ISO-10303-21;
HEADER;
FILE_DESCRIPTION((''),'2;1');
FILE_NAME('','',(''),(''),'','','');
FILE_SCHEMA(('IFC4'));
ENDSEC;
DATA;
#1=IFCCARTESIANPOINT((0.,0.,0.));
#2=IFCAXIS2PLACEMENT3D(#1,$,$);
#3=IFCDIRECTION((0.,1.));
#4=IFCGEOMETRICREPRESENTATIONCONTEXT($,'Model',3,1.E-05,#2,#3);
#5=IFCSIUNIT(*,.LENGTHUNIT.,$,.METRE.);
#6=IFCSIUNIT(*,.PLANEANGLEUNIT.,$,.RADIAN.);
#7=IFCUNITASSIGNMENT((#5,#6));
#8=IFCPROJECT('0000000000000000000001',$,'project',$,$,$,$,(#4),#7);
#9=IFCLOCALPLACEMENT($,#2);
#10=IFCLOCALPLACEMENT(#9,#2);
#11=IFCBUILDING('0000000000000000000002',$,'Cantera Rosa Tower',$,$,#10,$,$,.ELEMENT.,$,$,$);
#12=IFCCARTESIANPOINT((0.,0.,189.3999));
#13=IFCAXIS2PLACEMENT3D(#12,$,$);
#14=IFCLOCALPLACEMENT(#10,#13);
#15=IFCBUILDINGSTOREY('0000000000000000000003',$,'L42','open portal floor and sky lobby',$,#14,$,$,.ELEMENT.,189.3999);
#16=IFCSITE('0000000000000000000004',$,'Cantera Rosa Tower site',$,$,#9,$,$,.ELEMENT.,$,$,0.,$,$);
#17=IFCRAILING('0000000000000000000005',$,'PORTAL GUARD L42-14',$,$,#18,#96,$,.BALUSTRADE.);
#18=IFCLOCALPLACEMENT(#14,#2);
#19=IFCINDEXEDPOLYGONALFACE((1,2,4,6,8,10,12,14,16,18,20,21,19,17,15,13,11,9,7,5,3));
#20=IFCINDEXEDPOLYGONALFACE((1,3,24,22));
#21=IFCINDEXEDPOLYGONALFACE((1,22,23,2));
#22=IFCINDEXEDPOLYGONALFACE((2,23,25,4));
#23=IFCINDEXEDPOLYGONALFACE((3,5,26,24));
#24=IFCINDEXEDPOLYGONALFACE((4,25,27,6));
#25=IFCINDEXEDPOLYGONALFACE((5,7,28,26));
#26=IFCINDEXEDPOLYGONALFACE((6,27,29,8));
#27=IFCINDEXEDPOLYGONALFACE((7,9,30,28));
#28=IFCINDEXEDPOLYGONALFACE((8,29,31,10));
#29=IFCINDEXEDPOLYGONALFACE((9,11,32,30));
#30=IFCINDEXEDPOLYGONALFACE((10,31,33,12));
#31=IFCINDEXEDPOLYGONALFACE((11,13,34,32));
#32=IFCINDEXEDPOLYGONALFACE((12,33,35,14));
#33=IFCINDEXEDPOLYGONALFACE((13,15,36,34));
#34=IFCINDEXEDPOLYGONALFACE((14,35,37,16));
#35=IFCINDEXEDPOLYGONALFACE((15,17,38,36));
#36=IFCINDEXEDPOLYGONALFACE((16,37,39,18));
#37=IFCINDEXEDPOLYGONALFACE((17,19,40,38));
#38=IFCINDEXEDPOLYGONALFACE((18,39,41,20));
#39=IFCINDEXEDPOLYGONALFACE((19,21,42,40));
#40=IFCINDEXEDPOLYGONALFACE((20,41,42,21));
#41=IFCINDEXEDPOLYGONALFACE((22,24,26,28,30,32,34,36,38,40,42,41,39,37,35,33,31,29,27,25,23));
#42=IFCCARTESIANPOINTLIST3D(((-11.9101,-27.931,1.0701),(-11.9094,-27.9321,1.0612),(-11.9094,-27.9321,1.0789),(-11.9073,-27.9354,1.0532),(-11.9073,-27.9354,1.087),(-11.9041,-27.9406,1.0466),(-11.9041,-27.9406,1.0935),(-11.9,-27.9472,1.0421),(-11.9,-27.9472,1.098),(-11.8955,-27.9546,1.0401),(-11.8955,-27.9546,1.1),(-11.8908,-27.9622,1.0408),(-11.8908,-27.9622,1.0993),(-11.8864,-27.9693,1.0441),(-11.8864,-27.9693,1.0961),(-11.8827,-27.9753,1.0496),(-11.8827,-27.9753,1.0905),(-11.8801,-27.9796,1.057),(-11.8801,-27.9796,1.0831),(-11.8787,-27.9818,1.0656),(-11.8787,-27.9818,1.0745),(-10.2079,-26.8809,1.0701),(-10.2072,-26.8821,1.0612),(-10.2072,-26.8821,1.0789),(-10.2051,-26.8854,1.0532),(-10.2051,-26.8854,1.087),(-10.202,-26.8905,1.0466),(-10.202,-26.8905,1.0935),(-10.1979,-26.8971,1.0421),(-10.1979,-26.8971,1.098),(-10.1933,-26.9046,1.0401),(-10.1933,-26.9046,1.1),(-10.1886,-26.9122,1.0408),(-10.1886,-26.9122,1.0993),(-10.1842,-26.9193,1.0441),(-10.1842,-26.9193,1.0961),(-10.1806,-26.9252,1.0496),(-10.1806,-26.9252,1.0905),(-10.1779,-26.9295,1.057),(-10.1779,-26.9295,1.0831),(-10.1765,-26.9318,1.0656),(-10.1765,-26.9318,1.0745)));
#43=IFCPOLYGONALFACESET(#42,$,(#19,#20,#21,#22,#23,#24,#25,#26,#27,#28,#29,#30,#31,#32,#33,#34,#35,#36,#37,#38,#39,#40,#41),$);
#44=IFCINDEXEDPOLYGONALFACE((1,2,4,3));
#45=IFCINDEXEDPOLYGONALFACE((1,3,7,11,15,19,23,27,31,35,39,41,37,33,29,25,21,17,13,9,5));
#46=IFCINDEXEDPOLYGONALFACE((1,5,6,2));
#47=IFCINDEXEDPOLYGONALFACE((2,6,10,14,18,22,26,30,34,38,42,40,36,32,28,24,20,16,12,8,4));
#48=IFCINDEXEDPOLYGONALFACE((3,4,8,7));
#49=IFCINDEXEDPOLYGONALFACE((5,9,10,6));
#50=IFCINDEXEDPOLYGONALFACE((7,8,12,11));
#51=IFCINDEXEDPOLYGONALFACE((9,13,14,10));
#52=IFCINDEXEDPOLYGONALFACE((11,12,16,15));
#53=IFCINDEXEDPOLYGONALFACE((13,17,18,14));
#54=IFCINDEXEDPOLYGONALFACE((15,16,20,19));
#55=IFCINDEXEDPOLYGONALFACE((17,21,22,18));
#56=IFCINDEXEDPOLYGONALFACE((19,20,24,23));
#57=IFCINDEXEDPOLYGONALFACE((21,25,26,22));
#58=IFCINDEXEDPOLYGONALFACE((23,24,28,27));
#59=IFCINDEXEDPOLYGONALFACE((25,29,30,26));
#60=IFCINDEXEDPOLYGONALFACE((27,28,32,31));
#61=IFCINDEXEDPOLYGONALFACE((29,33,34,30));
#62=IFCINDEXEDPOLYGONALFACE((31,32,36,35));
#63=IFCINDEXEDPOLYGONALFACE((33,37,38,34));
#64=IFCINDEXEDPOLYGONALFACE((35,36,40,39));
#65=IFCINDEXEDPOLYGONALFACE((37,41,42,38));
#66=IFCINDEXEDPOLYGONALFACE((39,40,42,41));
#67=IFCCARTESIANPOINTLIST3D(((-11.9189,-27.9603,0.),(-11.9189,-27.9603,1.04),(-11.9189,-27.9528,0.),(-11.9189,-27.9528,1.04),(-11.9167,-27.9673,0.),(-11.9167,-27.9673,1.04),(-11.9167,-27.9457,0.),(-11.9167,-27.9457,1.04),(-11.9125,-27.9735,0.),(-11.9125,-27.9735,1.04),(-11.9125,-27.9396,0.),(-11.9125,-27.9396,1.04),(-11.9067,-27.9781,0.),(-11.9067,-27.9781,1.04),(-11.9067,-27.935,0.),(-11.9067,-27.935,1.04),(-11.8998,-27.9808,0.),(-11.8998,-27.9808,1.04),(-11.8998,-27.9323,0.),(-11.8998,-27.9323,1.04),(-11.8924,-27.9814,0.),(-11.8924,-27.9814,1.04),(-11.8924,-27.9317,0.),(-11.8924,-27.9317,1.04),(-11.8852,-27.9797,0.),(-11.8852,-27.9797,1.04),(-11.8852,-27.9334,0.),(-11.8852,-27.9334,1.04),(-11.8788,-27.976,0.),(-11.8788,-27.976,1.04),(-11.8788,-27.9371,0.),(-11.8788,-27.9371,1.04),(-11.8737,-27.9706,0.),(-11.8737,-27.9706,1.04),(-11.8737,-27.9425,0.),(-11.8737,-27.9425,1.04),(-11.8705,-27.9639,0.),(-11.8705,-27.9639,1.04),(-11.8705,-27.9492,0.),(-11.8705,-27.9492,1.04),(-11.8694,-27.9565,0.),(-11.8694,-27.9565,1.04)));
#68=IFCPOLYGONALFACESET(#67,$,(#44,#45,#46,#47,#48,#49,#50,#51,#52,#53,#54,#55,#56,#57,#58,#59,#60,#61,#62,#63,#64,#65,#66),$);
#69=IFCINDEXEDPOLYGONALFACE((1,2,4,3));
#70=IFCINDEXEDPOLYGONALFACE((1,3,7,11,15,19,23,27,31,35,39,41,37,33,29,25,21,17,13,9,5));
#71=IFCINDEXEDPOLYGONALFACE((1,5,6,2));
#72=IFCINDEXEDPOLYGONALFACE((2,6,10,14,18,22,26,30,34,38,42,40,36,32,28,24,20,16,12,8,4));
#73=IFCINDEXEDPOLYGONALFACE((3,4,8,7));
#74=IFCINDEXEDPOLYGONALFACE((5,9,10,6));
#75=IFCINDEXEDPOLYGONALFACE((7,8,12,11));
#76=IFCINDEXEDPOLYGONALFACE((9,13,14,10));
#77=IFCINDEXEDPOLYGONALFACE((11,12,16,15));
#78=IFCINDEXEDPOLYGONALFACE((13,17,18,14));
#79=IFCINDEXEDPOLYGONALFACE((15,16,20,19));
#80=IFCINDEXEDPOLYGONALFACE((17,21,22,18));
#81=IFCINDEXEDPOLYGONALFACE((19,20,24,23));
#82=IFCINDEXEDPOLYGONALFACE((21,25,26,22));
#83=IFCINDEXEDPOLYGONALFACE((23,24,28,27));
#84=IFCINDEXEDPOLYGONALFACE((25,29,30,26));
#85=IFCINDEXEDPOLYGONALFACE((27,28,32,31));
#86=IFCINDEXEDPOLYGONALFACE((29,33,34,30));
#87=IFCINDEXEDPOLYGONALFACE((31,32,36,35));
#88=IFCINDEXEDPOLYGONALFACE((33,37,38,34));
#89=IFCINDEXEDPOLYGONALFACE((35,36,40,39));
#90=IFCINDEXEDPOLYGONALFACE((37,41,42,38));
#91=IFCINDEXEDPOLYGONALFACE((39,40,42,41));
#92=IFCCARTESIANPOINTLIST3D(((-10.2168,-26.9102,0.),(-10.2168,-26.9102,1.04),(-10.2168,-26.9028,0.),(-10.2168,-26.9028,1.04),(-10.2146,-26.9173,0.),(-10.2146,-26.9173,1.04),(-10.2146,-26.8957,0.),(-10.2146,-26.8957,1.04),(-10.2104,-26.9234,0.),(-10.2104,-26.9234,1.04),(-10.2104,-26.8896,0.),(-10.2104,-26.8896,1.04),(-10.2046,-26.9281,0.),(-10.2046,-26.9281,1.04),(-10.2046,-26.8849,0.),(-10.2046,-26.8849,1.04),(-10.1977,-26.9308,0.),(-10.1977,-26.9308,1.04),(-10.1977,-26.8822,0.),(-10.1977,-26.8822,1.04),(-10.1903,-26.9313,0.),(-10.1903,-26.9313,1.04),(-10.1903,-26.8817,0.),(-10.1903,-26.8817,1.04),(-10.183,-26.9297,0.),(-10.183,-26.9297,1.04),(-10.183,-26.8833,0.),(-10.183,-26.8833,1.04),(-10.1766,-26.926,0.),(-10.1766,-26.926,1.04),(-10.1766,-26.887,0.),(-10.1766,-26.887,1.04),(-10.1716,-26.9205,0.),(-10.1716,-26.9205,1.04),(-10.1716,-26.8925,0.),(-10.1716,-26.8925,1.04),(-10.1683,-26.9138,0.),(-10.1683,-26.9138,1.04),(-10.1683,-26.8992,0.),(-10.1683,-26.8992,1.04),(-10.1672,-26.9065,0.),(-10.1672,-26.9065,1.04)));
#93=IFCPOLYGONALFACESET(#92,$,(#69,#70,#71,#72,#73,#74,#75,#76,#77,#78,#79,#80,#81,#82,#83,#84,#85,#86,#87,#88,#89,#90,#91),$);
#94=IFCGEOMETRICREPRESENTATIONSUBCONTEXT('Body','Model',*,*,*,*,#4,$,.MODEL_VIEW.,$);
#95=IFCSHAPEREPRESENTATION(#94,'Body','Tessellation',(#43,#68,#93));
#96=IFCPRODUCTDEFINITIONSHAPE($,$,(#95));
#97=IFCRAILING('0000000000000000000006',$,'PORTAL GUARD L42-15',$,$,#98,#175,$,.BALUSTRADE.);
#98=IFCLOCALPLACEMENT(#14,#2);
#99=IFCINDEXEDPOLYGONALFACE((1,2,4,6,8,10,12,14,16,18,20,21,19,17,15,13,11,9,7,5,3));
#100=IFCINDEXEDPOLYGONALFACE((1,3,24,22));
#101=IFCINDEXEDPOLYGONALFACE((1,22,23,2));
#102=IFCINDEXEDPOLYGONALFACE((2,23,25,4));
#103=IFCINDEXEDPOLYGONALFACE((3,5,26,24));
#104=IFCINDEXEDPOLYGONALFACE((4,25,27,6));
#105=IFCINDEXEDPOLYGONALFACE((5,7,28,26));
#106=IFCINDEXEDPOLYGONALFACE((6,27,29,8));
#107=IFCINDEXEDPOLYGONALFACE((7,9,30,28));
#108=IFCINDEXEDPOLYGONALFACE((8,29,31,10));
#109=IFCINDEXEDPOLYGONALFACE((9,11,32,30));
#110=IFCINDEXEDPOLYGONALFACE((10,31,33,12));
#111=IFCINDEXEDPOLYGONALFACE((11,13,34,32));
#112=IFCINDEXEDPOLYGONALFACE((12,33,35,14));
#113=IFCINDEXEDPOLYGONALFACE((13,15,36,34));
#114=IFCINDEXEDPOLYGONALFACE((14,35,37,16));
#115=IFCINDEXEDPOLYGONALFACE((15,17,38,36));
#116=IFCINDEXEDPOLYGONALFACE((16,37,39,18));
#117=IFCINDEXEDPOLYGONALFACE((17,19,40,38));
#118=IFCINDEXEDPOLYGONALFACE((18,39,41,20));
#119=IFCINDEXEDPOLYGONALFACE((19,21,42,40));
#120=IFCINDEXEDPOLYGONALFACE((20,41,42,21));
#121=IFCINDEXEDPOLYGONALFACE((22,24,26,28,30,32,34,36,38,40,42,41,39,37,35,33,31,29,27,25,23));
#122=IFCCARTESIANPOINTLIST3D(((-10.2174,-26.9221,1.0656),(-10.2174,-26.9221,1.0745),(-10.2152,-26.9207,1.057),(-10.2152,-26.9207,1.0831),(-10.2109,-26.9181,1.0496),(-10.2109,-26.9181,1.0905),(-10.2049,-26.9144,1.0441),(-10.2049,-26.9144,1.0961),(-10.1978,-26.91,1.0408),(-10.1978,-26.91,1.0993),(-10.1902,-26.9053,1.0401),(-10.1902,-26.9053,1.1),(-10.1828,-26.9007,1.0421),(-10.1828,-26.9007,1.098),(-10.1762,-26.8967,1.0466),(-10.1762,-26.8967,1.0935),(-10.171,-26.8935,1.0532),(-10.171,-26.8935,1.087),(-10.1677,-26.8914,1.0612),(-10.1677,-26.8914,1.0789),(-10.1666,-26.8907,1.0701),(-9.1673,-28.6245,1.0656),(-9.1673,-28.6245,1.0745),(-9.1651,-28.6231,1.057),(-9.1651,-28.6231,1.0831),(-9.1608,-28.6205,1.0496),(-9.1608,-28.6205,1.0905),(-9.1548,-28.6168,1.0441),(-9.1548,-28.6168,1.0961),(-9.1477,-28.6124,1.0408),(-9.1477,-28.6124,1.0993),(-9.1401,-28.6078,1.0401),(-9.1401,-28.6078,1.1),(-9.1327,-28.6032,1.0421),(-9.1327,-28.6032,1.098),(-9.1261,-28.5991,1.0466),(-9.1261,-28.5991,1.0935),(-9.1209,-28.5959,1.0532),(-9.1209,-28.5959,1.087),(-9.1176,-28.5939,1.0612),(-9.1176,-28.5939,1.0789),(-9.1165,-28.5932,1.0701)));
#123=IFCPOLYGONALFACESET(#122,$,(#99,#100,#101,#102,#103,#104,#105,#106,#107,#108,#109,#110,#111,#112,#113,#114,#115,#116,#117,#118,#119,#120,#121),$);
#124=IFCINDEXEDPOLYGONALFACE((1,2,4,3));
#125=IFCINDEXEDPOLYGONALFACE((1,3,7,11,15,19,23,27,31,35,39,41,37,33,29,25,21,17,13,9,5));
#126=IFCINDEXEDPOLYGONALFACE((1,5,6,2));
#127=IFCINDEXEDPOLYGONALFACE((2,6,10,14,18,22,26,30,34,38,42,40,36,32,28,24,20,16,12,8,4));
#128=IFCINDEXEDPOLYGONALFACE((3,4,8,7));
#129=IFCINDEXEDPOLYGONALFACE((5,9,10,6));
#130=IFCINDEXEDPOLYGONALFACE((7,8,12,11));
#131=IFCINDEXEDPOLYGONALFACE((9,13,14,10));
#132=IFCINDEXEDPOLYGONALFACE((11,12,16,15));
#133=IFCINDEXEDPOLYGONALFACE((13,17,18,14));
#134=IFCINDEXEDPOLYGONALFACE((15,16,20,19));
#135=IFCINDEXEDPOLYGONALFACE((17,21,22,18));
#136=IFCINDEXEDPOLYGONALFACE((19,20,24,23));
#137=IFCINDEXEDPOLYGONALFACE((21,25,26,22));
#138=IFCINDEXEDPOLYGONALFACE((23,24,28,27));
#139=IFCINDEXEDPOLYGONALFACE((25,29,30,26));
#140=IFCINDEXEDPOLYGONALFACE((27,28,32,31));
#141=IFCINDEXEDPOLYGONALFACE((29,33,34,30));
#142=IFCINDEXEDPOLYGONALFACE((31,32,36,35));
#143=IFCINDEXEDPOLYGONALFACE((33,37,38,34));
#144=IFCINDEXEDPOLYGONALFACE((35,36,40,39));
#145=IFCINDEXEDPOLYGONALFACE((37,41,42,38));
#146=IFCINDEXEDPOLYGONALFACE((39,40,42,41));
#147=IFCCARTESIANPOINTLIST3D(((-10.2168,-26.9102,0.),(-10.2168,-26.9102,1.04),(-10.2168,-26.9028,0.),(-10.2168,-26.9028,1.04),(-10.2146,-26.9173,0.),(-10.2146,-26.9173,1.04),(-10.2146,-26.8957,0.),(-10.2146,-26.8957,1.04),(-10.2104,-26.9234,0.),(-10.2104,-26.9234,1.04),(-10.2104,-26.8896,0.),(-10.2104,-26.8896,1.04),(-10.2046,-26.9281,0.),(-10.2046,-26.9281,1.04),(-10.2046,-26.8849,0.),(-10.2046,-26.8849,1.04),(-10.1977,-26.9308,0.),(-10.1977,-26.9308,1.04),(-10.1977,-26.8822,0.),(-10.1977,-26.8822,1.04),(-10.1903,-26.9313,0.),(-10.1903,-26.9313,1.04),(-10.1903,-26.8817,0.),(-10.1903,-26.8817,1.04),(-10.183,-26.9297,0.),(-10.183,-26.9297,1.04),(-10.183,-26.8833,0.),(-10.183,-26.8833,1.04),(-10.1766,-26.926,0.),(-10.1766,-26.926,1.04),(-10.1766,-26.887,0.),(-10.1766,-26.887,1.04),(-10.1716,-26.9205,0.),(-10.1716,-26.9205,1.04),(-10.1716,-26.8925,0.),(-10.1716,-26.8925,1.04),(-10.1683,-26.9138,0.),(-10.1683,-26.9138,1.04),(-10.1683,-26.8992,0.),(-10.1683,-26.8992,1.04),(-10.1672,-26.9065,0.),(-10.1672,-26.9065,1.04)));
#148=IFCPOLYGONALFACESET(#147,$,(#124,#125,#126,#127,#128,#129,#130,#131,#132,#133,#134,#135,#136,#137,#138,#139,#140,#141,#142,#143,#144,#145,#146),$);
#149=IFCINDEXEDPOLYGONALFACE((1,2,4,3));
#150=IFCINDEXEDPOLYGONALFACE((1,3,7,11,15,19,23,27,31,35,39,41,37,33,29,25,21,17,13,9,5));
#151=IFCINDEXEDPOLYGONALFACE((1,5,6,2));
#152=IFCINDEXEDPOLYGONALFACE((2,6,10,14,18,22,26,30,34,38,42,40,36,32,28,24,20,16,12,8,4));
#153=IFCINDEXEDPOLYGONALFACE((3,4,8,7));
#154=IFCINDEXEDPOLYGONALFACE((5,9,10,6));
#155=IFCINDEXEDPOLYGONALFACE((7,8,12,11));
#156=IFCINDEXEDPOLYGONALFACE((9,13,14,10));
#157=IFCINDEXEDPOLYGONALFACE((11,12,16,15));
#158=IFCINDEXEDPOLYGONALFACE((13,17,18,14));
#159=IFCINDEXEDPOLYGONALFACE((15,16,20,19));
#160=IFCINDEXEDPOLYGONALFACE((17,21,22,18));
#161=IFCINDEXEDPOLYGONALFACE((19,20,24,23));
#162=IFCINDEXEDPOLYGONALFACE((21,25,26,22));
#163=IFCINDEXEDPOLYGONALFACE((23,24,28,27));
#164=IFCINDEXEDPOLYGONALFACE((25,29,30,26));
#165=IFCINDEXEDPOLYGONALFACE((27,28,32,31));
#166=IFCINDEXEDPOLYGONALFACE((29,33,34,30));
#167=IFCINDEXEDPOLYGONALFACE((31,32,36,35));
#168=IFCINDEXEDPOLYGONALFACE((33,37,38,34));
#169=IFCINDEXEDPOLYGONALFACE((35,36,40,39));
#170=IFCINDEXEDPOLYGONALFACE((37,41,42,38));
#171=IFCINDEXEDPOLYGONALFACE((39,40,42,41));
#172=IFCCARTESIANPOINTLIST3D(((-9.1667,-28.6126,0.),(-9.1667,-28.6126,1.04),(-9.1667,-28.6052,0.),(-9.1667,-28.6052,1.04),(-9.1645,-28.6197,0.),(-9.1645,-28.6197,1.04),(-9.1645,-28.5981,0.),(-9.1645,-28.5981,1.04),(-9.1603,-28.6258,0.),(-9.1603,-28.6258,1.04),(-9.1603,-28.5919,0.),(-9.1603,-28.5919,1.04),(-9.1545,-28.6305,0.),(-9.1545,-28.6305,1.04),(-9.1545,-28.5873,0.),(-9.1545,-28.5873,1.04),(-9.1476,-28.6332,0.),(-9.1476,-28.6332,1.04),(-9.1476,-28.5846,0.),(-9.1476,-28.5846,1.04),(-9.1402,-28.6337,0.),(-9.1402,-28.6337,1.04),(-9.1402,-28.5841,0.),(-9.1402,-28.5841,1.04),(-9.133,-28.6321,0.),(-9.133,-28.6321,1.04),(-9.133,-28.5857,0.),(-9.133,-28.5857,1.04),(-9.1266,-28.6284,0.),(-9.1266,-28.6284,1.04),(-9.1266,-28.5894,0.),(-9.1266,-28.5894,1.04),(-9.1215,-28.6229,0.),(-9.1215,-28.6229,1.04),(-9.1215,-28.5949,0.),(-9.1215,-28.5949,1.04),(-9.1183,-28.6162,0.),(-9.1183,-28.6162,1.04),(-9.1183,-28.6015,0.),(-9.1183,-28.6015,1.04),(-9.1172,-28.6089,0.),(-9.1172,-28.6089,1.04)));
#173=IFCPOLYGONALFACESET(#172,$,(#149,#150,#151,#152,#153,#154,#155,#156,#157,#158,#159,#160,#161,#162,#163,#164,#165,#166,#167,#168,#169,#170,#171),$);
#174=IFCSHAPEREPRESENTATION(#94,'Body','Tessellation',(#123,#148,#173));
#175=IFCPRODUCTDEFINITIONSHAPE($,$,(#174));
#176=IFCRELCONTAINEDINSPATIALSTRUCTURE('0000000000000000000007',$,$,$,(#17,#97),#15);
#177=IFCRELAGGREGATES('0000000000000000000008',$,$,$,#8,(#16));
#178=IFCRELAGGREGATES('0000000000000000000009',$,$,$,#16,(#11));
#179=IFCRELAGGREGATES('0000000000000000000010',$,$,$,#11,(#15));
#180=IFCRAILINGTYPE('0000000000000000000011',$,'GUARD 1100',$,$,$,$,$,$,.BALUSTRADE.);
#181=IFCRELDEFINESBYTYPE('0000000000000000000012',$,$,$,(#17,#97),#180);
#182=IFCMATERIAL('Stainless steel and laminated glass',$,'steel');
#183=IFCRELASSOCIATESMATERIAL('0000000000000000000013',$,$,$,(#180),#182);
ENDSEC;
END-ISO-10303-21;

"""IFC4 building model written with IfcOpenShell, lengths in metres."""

from ifc_helpers import new_model, si_unit, direction, frame, origin, origin_2d, place, context, subcontext, project, spatial, circle, extrude, material, type_object, element, save


model = new_model("IFC4")

# Units and contexts
model_context = context("Model", 3, precision=1e-05, world=origin(), true_north=direction((0.0, 1.0)))
body_context = subcontext(model_context, "Body", "Model", "MODEL_VIEW")
ifc_project = project(units=[si_unit("LENGTHUNIT", "METRE"), si_unit("PLANEANGLEUNIT", "RADIAN")], contexts=[model_context])

# Site, building, storey
site_placement = place(None, origin())
site = spatial("IfcSite", under=ifc_project, at=site_placement, Name="Cantera Rosa Tower site", CompositionType="ELEMENT", RefElevation=0.0)
building_placement = place(site_placement, origin())
building = spatial("IfcBuilding", under=site, at=building_placement, Name="Cantera Rosa Tower", CompositionType="ELEMENT")
storey_placement = place(building_placement, frame((0.0, 0.0, 189.3999)))
storey = spatial("IfcBuildingStorey", under=building, at=storey_placement, Name="L42", Description="open portal floor and sky lobby", CompositionType="ELEMENT", Elevation=189.3999)

# Railings
ifc_material_1 = material(Name="Stainless steel and laminated glass", Category="steel")
railing_type = type_object("IfcRailingType", Name="GUARD 1100", PredefinedType="BALUSTRADE", material=ifc_material_1)
railing_1_placement = place(storey_placement, frame((-11.8943, -27.9565, 0.0)))
element("IfcRailing", 1, at=railing_1_placement, inside=storey, type_object=railing_type, Name="PORTAL GUARD L42-14", PredefinedType="BALUSTRADE", context=body_context, shape_type="SweptSolid", body=[
    extrude(circle(Radius=0.03, at=origin_2d()), frame((0.0, 0.0, 1.0701), z_axis=(0.851084, 0.52503, 0.0), x_axis=(-0.52503, 0.851084, 0.0)), (0.0, 0.0, 1.0), 2.0),
    extrude(circle(Radius=0.0249, at=origin_2d()), origin(), (0.0, 0.0, 1.0), 1.04),
    extrude(circle(Radius=0.0249, at=origin_2d()), frame((1.7021, 1.05, 0.0)), (0.0, 0.0, 1.0), 1.04),
])
railing_2_placement = place(storey_placement, frame((-10.1921, -26.9065, 0.0)))
element("IfcRailing", 2, at=railing_2_placement, inside=storey, type_object=railing_type, Name="PORTAL GUARD L42-15", PredefinedType="BALUSTRADE", context=body_context, shape_type="SweptSolid", body=[
    extrude(circle(Radius=0.03, at=origin_2d()), frame((0.0, 0.0, 1.0701), z_axis=(0.524976, -0.851117, 0.0), x_axis=(0.851117, 0.524976, 0.0)), (0.0, 0.0, 1.0), 2.0002),
    extrude(circle(Radius=0.0249, at=origin_2d()), origin(), (0.0, 0.0, 1.0), 1.04),
    extrude(circle(Radius=0.0249, at=origin_2d()), frame((1.05, -1.7024, 0.0)), (0.0, 0.0, 1.0), 1.04),
])

save(model, "model.ifc")
